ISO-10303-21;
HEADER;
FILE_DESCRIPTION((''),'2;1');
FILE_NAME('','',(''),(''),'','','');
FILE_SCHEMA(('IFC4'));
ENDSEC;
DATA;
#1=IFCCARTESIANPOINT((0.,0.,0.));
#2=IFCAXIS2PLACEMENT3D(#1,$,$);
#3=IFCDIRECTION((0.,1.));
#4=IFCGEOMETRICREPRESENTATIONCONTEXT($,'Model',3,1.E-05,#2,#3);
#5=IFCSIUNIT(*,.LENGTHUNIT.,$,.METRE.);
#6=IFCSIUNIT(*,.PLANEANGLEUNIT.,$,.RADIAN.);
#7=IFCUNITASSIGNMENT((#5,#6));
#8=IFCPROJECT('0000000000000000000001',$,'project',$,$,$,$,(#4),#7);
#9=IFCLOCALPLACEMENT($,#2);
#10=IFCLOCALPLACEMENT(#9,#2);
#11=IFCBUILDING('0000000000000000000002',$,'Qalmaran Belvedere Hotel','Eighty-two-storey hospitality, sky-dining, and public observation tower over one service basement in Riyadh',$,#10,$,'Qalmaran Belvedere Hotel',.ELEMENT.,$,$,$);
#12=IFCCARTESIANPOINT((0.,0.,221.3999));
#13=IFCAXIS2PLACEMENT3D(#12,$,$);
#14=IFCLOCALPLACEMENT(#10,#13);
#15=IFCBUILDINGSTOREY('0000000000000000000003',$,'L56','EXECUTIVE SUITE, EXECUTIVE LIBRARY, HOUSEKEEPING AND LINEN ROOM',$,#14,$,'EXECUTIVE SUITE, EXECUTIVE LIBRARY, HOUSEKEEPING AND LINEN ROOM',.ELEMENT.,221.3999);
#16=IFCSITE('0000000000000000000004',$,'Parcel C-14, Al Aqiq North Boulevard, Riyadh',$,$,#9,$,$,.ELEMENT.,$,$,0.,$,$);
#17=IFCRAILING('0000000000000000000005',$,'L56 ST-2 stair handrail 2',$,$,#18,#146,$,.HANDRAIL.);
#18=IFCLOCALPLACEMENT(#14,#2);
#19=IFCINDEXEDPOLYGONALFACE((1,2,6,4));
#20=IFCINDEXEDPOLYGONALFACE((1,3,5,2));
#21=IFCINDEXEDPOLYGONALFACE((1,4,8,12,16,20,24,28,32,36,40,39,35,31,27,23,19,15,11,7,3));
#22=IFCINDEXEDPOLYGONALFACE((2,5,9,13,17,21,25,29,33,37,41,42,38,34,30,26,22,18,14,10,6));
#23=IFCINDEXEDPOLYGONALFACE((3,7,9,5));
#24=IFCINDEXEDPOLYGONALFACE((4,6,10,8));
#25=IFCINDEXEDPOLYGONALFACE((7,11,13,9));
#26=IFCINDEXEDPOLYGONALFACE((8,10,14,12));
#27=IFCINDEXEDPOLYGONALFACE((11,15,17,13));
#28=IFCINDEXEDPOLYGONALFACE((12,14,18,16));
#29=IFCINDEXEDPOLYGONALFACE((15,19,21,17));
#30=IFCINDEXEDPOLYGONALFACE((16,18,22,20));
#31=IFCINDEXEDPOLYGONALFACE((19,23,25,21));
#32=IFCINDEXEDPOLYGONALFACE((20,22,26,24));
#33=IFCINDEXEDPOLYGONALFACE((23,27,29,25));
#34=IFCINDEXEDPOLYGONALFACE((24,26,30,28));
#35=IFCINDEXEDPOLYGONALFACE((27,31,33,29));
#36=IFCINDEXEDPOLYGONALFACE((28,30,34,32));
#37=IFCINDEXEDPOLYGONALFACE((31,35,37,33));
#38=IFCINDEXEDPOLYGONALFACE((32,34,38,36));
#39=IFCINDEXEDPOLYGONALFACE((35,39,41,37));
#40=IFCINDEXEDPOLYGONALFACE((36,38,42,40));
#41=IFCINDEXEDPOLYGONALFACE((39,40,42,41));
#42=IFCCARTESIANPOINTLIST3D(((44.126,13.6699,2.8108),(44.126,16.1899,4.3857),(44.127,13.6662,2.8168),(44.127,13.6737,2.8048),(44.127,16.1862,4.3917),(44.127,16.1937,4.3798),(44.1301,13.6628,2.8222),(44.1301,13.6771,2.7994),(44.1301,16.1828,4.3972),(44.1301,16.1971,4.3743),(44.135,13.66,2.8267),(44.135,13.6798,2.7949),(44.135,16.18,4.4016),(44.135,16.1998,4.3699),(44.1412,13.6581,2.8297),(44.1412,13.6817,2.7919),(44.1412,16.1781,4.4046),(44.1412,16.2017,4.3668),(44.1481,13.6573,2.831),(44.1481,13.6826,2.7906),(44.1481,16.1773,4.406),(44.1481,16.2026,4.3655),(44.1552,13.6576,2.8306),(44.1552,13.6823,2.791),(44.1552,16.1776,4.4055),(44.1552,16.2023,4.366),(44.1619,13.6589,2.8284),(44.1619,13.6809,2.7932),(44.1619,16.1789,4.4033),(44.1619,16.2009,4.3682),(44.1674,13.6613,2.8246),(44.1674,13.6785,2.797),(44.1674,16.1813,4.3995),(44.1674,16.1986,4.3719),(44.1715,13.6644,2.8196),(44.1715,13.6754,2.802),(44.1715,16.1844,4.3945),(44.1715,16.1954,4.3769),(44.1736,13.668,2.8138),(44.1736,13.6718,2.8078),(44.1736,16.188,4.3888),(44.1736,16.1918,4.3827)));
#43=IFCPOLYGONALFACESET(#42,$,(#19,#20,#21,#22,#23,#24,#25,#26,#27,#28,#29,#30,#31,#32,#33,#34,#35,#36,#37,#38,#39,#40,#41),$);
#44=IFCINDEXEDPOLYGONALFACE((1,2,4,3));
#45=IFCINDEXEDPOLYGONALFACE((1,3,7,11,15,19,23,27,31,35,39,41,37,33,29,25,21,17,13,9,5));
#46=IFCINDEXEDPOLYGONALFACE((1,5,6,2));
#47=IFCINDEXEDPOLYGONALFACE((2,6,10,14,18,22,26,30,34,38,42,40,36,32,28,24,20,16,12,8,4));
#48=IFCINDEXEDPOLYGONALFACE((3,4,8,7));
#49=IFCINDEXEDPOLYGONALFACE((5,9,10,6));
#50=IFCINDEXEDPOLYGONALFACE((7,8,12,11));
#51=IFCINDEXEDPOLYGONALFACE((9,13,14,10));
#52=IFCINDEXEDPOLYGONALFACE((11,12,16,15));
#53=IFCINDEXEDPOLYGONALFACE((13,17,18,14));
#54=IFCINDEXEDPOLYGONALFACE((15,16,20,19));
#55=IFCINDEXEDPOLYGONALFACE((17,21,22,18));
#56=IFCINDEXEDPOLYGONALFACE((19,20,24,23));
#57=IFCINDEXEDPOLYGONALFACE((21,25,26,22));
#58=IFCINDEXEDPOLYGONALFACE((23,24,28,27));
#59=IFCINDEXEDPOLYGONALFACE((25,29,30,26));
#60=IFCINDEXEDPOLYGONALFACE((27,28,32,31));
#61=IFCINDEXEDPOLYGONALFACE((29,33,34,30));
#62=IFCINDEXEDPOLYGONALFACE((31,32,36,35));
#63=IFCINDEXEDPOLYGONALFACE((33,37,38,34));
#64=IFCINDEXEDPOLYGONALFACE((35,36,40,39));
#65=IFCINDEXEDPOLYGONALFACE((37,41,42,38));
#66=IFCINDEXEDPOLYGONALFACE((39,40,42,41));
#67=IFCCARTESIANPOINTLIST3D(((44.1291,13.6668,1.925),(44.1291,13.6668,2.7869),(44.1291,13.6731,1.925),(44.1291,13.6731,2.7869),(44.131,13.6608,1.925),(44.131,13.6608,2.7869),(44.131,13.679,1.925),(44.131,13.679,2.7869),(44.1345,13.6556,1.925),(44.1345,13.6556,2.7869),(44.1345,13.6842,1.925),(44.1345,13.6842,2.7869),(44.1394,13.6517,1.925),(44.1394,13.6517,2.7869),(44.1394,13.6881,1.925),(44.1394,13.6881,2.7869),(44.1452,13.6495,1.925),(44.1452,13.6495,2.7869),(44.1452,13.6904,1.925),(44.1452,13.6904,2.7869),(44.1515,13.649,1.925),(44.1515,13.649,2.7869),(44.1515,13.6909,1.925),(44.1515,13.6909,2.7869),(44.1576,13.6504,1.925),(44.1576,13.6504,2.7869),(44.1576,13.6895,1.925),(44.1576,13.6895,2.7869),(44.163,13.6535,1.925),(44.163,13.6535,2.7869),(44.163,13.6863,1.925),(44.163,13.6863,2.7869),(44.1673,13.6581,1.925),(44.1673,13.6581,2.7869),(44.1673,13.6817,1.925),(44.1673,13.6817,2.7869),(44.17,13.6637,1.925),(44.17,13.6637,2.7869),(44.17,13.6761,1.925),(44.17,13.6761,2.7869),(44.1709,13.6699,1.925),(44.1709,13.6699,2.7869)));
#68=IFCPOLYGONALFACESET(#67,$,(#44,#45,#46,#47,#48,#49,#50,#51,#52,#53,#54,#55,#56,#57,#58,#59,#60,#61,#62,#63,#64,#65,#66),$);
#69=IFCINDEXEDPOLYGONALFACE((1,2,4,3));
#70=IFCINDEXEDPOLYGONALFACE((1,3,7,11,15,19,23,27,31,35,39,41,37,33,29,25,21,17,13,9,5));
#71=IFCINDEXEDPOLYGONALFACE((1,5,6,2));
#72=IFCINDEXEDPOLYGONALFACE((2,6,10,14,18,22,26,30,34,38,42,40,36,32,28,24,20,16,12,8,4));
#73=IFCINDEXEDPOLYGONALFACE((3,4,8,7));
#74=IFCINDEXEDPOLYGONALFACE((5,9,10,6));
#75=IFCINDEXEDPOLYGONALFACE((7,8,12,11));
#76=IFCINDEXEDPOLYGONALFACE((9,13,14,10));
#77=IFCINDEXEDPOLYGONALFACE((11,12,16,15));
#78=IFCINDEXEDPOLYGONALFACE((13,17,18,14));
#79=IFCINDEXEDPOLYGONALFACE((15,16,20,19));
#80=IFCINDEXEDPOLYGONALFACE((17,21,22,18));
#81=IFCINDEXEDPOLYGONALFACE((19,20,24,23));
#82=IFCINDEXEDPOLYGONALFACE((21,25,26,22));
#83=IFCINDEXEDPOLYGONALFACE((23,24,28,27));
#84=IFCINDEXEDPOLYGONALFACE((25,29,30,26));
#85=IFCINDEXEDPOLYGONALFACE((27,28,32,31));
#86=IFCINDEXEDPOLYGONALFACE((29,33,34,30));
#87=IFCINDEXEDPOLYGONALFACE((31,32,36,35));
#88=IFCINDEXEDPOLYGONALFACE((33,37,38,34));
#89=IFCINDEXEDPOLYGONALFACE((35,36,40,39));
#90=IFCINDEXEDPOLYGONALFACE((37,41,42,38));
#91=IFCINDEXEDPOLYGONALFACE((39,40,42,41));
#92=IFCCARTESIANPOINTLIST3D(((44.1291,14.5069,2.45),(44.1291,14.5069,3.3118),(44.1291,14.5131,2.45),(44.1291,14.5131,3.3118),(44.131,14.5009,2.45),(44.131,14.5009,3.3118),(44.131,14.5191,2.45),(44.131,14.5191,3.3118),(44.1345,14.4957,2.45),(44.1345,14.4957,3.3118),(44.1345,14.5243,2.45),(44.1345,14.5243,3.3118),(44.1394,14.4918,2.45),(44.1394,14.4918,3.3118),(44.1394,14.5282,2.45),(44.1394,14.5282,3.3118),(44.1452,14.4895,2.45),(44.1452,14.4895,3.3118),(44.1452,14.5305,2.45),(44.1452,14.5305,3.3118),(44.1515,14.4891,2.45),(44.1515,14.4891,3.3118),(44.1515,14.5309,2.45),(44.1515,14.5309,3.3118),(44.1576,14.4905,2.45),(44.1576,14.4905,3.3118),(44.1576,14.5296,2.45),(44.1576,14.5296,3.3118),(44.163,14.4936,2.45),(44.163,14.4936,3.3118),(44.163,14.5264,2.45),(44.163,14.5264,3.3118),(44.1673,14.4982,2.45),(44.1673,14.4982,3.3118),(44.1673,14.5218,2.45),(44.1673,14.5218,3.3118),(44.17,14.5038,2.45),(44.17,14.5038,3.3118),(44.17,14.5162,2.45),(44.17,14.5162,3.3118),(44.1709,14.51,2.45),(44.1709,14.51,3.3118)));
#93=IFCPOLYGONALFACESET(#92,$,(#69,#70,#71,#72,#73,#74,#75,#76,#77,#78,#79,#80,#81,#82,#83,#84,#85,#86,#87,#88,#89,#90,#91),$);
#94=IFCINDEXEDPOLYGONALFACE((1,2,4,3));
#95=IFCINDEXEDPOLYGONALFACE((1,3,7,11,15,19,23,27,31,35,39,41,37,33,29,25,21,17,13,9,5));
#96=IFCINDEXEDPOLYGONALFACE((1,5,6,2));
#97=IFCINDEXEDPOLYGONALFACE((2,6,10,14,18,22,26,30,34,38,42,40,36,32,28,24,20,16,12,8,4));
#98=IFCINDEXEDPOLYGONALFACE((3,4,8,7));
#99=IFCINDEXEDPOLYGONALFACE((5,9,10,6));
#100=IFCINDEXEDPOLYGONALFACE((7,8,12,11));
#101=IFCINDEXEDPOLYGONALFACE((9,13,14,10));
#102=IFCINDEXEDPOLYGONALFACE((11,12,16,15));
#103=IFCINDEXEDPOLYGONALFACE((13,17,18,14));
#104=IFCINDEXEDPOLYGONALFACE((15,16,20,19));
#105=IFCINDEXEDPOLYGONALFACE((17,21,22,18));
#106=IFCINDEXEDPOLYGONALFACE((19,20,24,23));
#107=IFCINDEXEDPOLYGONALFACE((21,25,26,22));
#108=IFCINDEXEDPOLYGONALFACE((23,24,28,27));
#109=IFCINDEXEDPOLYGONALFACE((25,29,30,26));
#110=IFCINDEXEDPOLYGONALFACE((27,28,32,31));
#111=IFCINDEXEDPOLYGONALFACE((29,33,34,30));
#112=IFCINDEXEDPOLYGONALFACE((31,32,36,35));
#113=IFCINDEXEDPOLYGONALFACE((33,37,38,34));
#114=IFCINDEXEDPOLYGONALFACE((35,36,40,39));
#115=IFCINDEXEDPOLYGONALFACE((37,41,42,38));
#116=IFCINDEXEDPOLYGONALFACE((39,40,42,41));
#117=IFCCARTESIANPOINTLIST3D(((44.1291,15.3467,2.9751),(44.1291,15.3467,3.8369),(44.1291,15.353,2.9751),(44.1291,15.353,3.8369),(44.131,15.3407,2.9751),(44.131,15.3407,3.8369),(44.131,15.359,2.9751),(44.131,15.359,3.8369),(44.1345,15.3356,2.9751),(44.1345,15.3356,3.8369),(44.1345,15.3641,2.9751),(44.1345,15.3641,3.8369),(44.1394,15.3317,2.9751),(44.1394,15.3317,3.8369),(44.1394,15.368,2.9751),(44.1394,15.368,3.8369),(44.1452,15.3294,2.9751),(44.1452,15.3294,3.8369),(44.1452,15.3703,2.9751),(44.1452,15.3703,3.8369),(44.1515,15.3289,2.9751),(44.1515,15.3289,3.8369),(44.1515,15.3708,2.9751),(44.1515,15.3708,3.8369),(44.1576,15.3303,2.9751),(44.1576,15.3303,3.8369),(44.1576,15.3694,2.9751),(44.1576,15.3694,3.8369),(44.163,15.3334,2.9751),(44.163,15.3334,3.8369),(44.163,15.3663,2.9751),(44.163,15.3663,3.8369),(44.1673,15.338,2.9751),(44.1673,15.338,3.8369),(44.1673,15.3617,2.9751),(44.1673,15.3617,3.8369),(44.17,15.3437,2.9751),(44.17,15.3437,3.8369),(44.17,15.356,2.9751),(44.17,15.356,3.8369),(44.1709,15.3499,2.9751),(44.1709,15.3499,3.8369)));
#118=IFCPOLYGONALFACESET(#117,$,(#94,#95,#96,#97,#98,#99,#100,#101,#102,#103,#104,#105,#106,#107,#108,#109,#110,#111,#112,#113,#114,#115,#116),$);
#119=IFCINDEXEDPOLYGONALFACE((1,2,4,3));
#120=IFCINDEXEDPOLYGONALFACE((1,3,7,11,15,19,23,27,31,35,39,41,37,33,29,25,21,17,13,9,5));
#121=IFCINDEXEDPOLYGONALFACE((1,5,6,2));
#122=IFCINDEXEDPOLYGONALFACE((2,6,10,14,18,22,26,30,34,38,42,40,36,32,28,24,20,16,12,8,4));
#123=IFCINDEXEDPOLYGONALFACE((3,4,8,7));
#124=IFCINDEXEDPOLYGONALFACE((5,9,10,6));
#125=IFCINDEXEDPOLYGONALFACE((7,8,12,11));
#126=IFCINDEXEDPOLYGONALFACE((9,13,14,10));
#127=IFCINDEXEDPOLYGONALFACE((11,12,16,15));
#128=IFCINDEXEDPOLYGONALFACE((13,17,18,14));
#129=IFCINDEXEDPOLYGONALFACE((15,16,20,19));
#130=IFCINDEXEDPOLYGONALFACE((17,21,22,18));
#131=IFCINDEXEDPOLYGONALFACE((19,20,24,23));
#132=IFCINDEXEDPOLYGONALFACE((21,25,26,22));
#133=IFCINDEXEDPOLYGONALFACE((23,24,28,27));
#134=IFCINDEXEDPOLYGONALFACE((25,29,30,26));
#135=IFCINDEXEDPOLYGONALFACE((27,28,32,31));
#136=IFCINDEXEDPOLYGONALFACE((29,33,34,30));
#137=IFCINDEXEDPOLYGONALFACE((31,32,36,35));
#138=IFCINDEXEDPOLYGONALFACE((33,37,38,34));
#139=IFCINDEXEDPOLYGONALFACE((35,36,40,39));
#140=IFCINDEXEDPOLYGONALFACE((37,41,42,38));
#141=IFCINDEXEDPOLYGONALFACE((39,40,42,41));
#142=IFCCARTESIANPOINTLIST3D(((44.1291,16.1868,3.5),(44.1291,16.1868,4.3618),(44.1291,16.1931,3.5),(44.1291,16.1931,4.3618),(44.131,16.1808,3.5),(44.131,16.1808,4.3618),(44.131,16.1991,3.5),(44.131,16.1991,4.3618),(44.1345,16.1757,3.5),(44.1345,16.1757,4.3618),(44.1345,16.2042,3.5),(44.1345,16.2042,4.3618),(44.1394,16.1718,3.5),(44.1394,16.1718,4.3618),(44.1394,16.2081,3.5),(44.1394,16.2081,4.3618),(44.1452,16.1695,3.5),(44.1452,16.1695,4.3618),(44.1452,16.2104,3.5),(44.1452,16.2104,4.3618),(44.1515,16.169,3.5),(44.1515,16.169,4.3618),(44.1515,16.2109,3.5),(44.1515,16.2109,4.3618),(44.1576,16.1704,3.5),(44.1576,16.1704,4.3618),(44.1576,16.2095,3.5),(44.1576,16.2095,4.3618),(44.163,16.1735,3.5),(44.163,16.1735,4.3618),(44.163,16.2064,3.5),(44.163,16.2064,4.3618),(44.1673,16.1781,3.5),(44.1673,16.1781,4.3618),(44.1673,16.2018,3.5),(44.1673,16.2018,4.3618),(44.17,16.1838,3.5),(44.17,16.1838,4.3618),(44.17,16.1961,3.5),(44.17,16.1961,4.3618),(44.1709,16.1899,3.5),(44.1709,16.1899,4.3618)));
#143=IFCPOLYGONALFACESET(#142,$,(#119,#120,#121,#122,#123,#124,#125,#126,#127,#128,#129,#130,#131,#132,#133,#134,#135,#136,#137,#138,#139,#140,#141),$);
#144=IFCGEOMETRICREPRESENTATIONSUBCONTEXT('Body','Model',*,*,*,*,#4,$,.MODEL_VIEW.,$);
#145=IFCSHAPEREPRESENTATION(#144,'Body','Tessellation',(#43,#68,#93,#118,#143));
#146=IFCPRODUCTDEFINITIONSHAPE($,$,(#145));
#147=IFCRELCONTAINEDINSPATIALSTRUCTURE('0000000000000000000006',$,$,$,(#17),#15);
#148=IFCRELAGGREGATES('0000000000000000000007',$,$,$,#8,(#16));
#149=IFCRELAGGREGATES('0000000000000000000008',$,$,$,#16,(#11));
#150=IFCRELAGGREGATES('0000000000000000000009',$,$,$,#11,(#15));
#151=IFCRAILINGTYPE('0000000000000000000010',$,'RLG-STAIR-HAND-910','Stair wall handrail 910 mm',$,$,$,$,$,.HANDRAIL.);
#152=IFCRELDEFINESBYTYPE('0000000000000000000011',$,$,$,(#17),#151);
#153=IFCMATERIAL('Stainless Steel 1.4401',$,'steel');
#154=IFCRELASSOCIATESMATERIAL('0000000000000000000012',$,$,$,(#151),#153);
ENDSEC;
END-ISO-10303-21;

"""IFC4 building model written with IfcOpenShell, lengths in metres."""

from ifc_helpers import new_model, si_unit, direction, frame, origin, origin_2d, place, context, subcontext, project, spatial, circle, extrude, material, type_object, element, save


model = new_model("IFC4")

# Units and contexts
model_context = context("Model", 3, precision=1e-05, world=origin(), true_north=direction((0.0, 1.0)))
body_context = subcontext(model_context, "Body", "Model", "MODEL_VIEW")
ifc_project = project(units=[si_unit("LENGTHUNIT", "METRE"), si_unit("PLANEANGLEUNIT", "RADIAN")], contexts=[model_context])

# Site, building, storey
site_placement = place(None, origin())
site = spatial("IfcSite", under=ifc_project, at=site_placement, Name="Parcel C-14, Al Aqiq North Boulevard, Riyadh", CompositionType="ELEMENT", RefElevation=0.0)
building_placement = place(site_placement, origin())
building = spatial("IfcBuilding", under=site, at=building_placement, Name="Qalmaran Belvedere Hotel", Description="Eighty-two-storey hospitality, sky-dining, and public observation tower over one service basement in Riyadh", LongName="Qalmaran Belvedere Hotel", CompositionType="ELEMENT")
storey_placement = place(building_placement, frame((0.0, 0.0, 221.3999)))
storey = spatial("IfcBuildingStorey", under=building, at=storey_placement, Name="L56", Description="EXECUTIVE SUITE, EXECUTIVE LIBRARY, HOUSEKEEPING AND LINEN ROOM", LongName="EXECUTIVE SUITE, EXECUTIVE LIBRARY, HOUSEKEEPING AND LINEN ROOM", CompositionType="ELEMENT", Elevation=221.3999)

# Railing
ifc_material_1 = material(Name="Stainless Steel 1.4401", Category="steel")
railing_type_1 = type_object("IfcRailingType", Name="RLG-STAIR-HAND-910", Description="Stair wall handrail 910 mm", PredefinedType="HANDRAIL", material=ifc_material_1)
railing_1_placement = place(storey_placement, frame((44.1499, 13.6699, 1.925)))
element("IfcRailing", 1, at=railing_1_placement, inside=storey, type_object=railing_type_1, Name="L56 ST-2 stair handrail 2", PredefinedType="HANDRAIL", context=body_context, shape_type="SweptSolid", body=[
    extrude(circle(Radius=0.0239, at=origin_2d()), frame((0.0, 0.0, 0.8857), z_axis=(0.0, 0.848008, 0.529984), x_axis=(-1.0, 0.0, 0.0)), (0.0, 0.0, 1.0), 2.9717),
    extrude(circle(Radius=0.021, at=origin_2d()), origin(), (0.0, 0.0, 1.0), 0.8618),
    extrude(circle(Radius=0.021, at=origin_2d()), frame((0.0, 0.8401, 0.5249)), (0.0, 0.0, 1.0), 0.8618),
    extrude(circle(Radius=0.021, at=origin_2d()), frame((0.0, 1.6799, 1.05)), (0.0, 0.0, 1.0), 0.8618),
    extrude(circle(Radius=0.021, at=origin_2d()), frame((0.0, 2.52, 1.575)), (0.0, 0.0, 1.0), 0.8618),
])

save(model, "model.ifc")
